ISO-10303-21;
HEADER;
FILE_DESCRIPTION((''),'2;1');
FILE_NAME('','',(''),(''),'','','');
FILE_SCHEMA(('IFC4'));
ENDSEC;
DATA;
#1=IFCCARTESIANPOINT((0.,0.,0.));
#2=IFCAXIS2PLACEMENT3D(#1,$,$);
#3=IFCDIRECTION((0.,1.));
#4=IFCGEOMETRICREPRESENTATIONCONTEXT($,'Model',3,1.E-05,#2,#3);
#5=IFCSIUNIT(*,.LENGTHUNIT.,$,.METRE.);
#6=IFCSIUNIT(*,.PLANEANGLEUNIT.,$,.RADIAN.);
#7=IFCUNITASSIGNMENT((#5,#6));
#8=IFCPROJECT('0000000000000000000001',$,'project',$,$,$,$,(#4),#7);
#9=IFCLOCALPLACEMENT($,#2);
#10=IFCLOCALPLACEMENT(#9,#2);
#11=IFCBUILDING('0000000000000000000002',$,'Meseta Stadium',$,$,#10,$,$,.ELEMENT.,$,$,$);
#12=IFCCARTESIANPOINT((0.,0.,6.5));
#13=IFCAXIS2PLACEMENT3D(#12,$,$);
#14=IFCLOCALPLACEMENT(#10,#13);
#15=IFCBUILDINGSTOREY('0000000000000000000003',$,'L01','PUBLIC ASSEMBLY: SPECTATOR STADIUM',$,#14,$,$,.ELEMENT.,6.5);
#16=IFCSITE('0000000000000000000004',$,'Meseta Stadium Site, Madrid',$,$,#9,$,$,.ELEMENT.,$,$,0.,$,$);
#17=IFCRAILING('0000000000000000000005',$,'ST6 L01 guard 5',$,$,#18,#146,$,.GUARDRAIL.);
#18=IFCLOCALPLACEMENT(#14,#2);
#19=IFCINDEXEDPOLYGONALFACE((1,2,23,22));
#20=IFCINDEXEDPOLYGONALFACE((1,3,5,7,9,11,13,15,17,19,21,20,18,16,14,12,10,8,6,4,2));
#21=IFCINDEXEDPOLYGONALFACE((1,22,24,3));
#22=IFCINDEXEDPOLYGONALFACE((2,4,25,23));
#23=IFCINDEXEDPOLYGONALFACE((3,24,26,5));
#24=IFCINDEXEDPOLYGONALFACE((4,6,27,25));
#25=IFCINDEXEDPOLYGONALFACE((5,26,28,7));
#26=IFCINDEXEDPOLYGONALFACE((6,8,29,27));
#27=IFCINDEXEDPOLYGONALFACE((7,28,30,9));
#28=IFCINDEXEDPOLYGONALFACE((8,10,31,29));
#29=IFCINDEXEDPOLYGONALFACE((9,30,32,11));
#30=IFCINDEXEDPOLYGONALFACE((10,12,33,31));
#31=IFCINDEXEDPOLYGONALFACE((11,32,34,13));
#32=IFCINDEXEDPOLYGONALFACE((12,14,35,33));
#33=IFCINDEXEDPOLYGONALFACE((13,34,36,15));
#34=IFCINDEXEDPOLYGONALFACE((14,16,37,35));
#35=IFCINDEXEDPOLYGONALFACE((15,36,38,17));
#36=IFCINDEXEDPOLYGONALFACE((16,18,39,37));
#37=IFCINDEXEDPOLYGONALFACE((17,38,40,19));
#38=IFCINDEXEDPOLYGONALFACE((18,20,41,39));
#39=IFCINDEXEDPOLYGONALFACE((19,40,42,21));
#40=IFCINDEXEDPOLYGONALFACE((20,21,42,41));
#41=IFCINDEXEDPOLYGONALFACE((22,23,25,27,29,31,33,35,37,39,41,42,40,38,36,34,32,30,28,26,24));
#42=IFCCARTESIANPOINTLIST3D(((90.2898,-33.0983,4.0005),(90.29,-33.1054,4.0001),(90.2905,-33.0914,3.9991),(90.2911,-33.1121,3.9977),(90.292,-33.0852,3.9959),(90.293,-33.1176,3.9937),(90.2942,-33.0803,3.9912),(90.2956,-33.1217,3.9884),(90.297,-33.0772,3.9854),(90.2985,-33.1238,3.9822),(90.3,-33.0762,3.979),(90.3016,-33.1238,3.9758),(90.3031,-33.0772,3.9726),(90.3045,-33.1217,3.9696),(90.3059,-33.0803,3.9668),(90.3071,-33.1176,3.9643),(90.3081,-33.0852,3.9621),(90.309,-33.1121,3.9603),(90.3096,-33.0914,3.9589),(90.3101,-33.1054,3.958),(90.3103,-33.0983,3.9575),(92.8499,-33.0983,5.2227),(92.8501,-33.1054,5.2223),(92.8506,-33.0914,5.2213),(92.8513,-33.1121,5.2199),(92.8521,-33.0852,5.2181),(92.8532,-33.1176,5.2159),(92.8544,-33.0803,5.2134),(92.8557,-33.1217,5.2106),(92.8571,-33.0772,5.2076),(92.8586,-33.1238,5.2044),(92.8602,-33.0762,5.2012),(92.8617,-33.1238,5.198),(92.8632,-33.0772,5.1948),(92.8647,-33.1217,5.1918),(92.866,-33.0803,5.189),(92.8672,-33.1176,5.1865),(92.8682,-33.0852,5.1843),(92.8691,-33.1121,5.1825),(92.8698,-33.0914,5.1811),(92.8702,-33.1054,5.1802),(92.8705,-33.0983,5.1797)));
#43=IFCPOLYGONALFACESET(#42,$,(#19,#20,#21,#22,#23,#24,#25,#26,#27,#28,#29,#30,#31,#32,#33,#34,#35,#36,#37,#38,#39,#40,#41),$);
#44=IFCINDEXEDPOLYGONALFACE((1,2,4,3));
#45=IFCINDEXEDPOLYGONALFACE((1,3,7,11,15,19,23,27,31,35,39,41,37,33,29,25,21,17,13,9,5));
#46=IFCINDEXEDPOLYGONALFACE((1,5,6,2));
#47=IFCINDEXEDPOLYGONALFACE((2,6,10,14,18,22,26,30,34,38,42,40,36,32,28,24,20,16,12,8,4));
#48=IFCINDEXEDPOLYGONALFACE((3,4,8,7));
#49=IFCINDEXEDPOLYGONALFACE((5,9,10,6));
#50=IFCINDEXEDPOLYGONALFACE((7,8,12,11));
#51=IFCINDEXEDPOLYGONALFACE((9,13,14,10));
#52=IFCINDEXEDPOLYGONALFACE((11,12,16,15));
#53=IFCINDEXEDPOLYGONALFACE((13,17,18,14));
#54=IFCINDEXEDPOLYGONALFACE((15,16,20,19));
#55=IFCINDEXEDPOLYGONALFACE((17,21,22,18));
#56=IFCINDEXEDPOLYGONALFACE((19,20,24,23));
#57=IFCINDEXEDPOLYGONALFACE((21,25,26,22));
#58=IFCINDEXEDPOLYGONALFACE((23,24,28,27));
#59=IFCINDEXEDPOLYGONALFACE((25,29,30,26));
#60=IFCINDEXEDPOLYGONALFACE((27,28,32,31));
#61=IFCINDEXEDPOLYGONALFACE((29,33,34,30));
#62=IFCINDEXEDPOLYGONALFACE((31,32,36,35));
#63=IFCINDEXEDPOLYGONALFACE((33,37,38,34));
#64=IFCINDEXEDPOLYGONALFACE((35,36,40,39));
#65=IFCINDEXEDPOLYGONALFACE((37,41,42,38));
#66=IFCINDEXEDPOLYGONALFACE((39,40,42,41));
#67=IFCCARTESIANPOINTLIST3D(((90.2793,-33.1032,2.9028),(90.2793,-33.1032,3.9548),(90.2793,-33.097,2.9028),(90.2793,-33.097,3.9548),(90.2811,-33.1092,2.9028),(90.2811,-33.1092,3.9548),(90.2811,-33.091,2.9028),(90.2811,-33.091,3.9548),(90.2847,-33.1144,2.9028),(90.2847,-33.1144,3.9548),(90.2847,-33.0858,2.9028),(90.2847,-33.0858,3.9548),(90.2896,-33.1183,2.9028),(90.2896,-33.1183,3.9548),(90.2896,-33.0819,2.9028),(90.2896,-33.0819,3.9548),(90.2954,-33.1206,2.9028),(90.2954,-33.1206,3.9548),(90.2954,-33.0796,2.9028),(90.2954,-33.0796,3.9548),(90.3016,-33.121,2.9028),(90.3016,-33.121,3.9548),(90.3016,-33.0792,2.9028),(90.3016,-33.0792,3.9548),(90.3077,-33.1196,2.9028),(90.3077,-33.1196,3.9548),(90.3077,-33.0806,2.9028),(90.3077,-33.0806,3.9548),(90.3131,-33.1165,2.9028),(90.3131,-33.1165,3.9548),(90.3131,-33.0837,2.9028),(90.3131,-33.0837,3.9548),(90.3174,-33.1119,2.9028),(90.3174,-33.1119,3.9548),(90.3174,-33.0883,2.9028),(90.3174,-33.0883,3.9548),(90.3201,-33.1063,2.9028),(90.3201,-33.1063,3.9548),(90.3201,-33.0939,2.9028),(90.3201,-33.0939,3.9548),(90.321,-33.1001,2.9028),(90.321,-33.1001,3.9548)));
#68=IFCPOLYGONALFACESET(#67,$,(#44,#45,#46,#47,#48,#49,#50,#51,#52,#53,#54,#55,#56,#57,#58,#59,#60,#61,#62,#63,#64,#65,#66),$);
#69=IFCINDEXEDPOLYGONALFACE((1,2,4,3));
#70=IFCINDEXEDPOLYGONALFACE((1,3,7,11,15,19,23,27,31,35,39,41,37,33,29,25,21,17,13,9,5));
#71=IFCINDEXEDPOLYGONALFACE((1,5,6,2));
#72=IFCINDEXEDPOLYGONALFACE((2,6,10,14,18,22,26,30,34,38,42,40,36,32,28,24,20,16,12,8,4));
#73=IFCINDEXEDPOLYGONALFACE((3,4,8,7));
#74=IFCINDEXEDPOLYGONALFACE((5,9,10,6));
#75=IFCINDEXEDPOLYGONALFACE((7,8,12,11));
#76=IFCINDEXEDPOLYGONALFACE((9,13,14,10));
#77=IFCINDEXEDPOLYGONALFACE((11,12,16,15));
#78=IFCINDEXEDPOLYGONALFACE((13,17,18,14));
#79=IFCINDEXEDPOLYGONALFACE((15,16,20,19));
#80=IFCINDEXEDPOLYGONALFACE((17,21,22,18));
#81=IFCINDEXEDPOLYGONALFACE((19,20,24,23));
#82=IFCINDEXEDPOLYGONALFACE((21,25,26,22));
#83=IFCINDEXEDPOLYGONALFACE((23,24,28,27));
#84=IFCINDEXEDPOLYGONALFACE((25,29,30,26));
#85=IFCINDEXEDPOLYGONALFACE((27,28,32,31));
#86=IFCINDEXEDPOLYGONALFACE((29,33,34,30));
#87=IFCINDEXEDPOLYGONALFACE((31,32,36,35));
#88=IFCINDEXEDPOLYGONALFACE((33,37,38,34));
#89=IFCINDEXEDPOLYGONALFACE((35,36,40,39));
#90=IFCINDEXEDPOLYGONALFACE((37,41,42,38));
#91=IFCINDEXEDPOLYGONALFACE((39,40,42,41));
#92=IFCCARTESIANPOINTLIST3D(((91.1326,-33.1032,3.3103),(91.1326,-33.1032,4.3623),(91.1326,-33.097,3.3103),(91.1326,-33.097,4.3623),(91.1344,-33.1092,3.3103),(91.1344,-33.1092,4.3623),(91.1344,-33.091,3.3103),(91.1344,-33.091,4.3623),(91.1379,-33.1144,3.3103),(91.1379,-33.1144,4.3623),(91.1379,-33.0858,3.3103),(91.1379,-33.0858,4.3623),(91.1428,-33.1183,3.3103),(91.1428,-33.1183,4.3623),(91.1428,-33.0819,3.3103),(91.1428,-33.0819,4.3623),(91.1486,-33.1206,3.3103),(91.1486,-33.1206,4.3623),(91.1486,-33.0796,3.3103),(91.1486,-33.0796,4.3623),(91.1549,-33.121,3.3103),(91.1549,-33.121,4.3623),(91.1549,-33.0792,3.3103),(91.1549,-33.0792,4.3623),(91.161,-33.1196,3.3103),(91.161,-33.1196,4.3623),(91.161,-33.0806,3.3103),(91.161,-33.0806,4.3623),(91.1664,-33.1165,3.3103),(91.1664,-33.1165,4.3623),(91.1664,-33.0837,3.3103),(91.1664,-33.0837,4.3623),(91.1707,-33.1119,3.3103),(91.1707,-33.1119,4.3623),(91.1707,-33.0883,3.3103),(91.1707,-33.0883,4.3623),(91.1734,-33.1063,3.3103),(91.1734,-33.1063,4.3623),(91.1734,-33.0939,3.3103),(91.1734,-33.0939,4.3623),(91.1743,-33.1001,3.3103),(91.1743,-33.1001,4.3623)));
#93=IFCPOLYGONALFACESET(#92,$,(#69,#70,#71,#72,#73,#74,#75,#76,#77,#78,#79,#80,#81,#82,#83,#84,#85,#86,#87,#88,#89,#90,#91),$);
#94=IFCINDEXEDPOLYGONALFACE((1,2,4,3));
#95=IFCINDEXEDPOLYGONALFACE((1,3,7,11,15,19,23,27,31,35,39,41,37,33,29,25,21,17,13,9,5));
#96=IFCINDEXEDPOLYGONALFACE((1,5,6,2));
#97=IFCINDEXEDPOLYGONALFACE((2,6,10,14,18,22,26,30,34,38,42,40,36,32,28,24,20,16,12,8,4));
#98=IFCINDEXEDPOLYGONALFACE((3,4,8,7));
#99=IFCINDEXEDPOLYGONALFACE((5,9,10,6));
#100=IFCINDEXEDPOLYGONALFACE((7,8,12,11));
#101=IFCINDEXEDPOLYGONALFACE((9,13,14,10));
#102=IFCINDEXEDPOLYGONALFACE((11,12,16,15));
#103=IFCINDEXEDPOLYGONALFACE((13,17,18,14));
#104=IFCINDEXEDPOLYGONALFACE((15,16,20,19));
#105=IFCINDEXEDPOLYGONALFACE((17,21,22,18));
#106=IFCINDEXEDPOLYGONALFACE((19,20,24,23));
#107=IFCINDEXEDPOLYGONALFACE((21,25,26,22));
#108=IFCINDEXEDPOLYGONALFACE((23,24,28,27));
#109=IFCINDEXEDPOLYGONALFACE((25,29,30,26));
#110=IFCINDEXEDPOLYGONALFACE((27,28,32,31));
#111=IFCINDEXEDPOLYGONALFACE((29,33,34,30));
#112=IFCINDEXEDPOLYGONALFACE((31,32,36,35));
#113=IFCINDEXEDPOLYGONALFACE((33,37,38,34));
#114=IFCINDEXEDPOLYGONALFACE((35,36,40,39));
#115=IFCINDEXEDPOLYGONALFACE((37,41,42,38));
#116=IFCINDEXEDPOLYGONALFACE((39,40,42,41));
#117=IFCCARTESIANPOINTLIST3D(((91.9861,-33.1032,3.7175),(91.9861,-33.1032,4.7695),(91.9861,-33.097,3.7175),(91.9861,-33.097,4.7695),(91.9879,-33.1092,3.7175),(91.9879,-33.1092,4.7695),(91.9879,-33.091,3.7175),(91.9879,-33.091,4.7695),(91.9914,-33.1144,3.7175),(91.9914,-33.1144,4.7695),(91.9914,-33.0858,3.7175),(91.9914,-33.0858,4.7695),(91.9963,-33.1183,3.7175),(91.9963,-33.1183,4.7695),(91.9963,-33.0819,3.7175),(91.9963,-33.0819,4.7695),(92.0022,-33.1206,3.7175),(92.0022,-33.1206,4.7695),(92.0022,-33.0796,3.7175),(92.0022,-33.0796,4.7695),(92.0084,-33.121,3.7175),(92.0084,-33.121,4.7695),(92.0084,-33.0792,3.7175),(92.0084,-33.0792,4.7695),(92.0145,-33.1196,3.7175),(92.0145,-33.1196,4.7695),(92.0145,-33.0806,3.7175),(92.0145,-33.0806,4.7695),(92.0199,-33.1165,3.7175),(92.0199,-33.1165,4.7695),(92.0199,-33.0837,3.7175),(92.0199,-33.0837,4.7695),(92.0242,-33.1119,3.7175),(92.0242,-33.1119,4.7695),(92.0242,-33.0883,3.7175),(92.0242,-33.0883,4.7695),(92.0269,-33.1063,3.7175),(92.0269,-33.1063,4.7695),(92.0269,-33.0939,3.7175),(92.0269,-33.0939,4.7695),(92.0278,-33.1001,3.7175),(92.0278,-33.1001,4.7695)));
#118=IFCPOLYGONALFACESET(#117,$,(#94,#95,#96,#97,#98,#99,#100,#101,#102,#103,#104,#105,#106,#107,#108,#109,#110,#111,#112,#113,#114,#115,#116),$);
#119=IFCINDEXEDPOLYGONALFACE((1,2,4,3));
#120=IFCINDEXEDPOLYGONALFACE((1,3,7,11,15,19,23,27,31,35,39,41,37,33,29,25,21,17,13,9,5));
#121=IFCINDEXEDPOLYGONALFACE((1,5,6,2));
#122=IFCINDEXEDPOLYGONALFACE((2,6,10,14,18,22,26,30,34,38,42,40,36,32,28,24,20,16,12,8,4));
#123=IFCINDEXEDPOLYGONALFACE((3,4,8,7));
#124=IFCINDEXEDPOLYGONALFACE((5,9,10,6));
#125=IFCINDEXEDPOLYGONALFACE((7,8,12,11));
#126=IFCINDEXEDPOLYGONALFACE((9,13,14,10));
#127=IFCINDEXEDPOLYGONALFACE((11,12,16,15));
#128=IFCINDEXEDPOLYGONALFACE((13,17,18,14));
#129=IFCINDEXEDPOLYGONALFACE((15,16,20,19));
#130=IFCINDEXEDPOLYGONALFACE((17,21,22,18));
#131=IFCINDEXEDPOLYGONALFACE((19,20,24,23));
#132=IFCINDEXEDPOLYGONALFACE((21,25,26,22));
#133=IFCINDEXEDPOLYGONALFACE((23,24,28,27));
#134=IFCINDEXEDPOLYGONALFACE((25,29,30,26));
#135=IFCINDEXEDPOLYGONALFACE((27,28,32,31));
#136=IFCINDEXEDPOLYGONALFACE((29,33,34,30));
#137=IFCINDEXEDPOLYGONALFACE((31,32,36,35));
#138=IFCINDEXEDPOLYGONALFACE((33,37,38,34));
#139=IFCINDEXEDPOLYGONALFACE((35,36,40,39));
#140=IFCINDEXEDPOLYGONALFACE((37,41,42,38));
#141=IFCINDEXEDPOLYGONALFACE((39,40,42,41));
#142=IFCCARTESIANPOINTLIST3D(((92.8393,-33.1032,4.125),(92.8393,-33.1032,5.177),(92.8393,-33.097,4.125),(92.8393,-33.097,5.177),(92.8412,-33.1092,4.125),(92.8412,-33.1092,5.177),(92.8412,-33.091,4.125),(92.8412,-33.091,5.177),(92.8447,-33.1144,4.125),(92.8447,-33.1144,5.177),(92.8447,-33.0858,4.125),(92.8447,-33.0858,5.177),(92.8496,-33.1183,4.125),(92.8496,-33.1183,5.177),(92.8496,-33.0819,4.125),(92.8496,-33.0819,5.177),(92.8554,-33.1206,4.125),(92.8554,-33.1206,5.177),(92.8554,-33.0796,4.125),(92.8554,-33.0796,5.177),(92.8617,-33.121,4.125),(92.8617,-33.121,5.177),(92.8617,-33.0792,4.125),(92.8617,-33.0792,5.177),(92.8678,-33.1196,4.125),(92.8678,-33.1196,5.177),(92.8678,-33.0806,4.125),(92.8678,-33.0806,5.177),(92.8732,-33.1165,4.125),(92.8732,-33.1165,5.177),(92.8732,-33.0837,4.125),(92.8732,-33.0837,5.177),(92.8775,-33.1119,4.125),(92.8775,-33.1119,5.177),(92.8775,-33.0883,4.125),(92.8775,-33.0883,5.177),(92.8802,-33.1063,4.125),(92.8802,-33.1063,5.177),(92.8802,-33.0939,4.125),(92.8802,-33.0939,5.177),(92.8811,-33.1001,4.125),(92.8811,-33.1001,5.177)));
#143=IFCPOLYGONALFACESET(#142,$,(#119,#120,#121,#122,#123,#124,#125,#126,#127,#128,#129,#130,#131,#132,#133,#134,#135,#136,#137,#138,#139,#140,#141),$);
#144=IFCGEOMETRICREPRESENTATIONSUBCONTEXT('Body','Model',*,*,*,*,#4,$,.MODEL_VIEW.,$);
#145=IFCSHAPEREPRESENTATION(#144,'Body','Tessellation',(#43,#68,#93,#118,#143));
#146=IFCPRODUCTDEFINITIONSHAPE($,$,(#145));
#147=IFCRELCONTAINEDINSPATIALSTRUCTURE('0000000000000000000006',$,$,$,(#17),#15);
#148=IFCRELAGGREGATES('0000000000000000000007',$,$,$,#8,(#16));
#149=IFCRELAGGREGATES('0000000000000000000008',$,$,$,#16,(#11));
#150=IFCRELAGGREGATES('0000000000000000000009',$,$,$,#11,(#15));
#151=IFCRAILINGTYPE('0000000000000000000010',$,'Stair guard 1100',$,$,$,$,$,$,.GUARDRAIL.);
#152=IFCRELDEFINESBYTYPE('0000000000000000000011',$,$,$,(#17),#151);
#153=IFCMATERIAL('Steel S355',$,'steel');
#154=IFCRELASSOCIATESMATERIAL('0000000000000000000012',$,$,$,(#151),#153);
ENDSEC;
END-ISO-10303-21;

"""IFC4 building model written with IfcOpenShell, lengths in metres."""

from ifc_helpers import new_model, si_unit, direction, frame, origin, origin_2d, place, context, subcontext, project, spatial, circle, extrude, material, type_object, element, save


model = new_model("IFC4")

# Units and contexts
model_context = context("Model", 3, precision=1e-05, world=origin(), true_north=direction((0.0, 1.0)))
body_context = subcontext(model_context, "Body", "Model", "MODEL_VIEW")
ifc_project = project(units=[si_unit("LENGTHUNIT", "METRE"), si_unit("PLANEANGLEUNIT", "RADIAN")], contexts=[model_context])

# Site, building, storey
site_placement = place(None, origin())
site = spatial("IfcSite", under=ifc_project, at=site_placement, Name="Meseta Stadium Site, Madrid", CompositionType="ELEMENT", RefElevation=0.0)
building_placement = place(site_placement, origin())
building = spatial("IfcBuilding", under=site, at=building_placement, Name="Meseta Stadium", CompositionType="ELEMENT")
storey_placement = place(building_placement, frame((0.0, 0.0, 6.5)))
storey = spatial("IfcBuildingStorey", under=building, at=storey_placement, Name="L01", Description="PUBLIC ASSEMBLY: SPECTATOR STADIUM", CompositionType="ELEMENT", Elevation=6.5)

# Railing
ifc_material_1 = material(Name="Steel S355", Category="steel")
railing_type_1 = type_object("IfcRailingType", Name="Stair guard 1100", PredefinedType="GUARDRAIL", material=ifc_material_1)
railing_1_placement = place(storey_placement, frame((90.3, -33.1001, 2.9028)))
element("IfcRailing", 1, at=railing_1_placement, inside=storey, type_object=railing_type_1, Name="ST6 L01 guard 5", PredefinedType="GUARDRAIL", context=body_context, shape_type="SweptSolid", body=[
    extrude(circle(Radius=0.0239, at=origin_2d()), frame((0.0, 0.0, 1.0762), z_axis=(0.902437, 0.0, 0.430822), x_axis=(0.0, 1.0, 0.0)), (0.0, 0.0, 1.0), 2.8369),
    extrude(circle(Radius=0.021, at=origin_2d()), origin(), (0.0, 0.0, 1.0), 1.052),
    extrude(circle(Radius=0.021, at=origin_2d()), frame((0.8533, 0.0, 0.4075)), (0.0, 0.0, 1.0), 1.052),
    extrude(circle(Radius=0.021, at=origin_2d()), frame((1.7068, 0.0, 0.8147)), (0.0, 0.0, 1.0), 1.052),
    extrude(circle(Radius=0.021, at=origin_2d()), frame((2.5601, 0.0, 1.2222)), (0.0, 0.0, 1.0), 1.052),
])

save(model, "model.ifc")
